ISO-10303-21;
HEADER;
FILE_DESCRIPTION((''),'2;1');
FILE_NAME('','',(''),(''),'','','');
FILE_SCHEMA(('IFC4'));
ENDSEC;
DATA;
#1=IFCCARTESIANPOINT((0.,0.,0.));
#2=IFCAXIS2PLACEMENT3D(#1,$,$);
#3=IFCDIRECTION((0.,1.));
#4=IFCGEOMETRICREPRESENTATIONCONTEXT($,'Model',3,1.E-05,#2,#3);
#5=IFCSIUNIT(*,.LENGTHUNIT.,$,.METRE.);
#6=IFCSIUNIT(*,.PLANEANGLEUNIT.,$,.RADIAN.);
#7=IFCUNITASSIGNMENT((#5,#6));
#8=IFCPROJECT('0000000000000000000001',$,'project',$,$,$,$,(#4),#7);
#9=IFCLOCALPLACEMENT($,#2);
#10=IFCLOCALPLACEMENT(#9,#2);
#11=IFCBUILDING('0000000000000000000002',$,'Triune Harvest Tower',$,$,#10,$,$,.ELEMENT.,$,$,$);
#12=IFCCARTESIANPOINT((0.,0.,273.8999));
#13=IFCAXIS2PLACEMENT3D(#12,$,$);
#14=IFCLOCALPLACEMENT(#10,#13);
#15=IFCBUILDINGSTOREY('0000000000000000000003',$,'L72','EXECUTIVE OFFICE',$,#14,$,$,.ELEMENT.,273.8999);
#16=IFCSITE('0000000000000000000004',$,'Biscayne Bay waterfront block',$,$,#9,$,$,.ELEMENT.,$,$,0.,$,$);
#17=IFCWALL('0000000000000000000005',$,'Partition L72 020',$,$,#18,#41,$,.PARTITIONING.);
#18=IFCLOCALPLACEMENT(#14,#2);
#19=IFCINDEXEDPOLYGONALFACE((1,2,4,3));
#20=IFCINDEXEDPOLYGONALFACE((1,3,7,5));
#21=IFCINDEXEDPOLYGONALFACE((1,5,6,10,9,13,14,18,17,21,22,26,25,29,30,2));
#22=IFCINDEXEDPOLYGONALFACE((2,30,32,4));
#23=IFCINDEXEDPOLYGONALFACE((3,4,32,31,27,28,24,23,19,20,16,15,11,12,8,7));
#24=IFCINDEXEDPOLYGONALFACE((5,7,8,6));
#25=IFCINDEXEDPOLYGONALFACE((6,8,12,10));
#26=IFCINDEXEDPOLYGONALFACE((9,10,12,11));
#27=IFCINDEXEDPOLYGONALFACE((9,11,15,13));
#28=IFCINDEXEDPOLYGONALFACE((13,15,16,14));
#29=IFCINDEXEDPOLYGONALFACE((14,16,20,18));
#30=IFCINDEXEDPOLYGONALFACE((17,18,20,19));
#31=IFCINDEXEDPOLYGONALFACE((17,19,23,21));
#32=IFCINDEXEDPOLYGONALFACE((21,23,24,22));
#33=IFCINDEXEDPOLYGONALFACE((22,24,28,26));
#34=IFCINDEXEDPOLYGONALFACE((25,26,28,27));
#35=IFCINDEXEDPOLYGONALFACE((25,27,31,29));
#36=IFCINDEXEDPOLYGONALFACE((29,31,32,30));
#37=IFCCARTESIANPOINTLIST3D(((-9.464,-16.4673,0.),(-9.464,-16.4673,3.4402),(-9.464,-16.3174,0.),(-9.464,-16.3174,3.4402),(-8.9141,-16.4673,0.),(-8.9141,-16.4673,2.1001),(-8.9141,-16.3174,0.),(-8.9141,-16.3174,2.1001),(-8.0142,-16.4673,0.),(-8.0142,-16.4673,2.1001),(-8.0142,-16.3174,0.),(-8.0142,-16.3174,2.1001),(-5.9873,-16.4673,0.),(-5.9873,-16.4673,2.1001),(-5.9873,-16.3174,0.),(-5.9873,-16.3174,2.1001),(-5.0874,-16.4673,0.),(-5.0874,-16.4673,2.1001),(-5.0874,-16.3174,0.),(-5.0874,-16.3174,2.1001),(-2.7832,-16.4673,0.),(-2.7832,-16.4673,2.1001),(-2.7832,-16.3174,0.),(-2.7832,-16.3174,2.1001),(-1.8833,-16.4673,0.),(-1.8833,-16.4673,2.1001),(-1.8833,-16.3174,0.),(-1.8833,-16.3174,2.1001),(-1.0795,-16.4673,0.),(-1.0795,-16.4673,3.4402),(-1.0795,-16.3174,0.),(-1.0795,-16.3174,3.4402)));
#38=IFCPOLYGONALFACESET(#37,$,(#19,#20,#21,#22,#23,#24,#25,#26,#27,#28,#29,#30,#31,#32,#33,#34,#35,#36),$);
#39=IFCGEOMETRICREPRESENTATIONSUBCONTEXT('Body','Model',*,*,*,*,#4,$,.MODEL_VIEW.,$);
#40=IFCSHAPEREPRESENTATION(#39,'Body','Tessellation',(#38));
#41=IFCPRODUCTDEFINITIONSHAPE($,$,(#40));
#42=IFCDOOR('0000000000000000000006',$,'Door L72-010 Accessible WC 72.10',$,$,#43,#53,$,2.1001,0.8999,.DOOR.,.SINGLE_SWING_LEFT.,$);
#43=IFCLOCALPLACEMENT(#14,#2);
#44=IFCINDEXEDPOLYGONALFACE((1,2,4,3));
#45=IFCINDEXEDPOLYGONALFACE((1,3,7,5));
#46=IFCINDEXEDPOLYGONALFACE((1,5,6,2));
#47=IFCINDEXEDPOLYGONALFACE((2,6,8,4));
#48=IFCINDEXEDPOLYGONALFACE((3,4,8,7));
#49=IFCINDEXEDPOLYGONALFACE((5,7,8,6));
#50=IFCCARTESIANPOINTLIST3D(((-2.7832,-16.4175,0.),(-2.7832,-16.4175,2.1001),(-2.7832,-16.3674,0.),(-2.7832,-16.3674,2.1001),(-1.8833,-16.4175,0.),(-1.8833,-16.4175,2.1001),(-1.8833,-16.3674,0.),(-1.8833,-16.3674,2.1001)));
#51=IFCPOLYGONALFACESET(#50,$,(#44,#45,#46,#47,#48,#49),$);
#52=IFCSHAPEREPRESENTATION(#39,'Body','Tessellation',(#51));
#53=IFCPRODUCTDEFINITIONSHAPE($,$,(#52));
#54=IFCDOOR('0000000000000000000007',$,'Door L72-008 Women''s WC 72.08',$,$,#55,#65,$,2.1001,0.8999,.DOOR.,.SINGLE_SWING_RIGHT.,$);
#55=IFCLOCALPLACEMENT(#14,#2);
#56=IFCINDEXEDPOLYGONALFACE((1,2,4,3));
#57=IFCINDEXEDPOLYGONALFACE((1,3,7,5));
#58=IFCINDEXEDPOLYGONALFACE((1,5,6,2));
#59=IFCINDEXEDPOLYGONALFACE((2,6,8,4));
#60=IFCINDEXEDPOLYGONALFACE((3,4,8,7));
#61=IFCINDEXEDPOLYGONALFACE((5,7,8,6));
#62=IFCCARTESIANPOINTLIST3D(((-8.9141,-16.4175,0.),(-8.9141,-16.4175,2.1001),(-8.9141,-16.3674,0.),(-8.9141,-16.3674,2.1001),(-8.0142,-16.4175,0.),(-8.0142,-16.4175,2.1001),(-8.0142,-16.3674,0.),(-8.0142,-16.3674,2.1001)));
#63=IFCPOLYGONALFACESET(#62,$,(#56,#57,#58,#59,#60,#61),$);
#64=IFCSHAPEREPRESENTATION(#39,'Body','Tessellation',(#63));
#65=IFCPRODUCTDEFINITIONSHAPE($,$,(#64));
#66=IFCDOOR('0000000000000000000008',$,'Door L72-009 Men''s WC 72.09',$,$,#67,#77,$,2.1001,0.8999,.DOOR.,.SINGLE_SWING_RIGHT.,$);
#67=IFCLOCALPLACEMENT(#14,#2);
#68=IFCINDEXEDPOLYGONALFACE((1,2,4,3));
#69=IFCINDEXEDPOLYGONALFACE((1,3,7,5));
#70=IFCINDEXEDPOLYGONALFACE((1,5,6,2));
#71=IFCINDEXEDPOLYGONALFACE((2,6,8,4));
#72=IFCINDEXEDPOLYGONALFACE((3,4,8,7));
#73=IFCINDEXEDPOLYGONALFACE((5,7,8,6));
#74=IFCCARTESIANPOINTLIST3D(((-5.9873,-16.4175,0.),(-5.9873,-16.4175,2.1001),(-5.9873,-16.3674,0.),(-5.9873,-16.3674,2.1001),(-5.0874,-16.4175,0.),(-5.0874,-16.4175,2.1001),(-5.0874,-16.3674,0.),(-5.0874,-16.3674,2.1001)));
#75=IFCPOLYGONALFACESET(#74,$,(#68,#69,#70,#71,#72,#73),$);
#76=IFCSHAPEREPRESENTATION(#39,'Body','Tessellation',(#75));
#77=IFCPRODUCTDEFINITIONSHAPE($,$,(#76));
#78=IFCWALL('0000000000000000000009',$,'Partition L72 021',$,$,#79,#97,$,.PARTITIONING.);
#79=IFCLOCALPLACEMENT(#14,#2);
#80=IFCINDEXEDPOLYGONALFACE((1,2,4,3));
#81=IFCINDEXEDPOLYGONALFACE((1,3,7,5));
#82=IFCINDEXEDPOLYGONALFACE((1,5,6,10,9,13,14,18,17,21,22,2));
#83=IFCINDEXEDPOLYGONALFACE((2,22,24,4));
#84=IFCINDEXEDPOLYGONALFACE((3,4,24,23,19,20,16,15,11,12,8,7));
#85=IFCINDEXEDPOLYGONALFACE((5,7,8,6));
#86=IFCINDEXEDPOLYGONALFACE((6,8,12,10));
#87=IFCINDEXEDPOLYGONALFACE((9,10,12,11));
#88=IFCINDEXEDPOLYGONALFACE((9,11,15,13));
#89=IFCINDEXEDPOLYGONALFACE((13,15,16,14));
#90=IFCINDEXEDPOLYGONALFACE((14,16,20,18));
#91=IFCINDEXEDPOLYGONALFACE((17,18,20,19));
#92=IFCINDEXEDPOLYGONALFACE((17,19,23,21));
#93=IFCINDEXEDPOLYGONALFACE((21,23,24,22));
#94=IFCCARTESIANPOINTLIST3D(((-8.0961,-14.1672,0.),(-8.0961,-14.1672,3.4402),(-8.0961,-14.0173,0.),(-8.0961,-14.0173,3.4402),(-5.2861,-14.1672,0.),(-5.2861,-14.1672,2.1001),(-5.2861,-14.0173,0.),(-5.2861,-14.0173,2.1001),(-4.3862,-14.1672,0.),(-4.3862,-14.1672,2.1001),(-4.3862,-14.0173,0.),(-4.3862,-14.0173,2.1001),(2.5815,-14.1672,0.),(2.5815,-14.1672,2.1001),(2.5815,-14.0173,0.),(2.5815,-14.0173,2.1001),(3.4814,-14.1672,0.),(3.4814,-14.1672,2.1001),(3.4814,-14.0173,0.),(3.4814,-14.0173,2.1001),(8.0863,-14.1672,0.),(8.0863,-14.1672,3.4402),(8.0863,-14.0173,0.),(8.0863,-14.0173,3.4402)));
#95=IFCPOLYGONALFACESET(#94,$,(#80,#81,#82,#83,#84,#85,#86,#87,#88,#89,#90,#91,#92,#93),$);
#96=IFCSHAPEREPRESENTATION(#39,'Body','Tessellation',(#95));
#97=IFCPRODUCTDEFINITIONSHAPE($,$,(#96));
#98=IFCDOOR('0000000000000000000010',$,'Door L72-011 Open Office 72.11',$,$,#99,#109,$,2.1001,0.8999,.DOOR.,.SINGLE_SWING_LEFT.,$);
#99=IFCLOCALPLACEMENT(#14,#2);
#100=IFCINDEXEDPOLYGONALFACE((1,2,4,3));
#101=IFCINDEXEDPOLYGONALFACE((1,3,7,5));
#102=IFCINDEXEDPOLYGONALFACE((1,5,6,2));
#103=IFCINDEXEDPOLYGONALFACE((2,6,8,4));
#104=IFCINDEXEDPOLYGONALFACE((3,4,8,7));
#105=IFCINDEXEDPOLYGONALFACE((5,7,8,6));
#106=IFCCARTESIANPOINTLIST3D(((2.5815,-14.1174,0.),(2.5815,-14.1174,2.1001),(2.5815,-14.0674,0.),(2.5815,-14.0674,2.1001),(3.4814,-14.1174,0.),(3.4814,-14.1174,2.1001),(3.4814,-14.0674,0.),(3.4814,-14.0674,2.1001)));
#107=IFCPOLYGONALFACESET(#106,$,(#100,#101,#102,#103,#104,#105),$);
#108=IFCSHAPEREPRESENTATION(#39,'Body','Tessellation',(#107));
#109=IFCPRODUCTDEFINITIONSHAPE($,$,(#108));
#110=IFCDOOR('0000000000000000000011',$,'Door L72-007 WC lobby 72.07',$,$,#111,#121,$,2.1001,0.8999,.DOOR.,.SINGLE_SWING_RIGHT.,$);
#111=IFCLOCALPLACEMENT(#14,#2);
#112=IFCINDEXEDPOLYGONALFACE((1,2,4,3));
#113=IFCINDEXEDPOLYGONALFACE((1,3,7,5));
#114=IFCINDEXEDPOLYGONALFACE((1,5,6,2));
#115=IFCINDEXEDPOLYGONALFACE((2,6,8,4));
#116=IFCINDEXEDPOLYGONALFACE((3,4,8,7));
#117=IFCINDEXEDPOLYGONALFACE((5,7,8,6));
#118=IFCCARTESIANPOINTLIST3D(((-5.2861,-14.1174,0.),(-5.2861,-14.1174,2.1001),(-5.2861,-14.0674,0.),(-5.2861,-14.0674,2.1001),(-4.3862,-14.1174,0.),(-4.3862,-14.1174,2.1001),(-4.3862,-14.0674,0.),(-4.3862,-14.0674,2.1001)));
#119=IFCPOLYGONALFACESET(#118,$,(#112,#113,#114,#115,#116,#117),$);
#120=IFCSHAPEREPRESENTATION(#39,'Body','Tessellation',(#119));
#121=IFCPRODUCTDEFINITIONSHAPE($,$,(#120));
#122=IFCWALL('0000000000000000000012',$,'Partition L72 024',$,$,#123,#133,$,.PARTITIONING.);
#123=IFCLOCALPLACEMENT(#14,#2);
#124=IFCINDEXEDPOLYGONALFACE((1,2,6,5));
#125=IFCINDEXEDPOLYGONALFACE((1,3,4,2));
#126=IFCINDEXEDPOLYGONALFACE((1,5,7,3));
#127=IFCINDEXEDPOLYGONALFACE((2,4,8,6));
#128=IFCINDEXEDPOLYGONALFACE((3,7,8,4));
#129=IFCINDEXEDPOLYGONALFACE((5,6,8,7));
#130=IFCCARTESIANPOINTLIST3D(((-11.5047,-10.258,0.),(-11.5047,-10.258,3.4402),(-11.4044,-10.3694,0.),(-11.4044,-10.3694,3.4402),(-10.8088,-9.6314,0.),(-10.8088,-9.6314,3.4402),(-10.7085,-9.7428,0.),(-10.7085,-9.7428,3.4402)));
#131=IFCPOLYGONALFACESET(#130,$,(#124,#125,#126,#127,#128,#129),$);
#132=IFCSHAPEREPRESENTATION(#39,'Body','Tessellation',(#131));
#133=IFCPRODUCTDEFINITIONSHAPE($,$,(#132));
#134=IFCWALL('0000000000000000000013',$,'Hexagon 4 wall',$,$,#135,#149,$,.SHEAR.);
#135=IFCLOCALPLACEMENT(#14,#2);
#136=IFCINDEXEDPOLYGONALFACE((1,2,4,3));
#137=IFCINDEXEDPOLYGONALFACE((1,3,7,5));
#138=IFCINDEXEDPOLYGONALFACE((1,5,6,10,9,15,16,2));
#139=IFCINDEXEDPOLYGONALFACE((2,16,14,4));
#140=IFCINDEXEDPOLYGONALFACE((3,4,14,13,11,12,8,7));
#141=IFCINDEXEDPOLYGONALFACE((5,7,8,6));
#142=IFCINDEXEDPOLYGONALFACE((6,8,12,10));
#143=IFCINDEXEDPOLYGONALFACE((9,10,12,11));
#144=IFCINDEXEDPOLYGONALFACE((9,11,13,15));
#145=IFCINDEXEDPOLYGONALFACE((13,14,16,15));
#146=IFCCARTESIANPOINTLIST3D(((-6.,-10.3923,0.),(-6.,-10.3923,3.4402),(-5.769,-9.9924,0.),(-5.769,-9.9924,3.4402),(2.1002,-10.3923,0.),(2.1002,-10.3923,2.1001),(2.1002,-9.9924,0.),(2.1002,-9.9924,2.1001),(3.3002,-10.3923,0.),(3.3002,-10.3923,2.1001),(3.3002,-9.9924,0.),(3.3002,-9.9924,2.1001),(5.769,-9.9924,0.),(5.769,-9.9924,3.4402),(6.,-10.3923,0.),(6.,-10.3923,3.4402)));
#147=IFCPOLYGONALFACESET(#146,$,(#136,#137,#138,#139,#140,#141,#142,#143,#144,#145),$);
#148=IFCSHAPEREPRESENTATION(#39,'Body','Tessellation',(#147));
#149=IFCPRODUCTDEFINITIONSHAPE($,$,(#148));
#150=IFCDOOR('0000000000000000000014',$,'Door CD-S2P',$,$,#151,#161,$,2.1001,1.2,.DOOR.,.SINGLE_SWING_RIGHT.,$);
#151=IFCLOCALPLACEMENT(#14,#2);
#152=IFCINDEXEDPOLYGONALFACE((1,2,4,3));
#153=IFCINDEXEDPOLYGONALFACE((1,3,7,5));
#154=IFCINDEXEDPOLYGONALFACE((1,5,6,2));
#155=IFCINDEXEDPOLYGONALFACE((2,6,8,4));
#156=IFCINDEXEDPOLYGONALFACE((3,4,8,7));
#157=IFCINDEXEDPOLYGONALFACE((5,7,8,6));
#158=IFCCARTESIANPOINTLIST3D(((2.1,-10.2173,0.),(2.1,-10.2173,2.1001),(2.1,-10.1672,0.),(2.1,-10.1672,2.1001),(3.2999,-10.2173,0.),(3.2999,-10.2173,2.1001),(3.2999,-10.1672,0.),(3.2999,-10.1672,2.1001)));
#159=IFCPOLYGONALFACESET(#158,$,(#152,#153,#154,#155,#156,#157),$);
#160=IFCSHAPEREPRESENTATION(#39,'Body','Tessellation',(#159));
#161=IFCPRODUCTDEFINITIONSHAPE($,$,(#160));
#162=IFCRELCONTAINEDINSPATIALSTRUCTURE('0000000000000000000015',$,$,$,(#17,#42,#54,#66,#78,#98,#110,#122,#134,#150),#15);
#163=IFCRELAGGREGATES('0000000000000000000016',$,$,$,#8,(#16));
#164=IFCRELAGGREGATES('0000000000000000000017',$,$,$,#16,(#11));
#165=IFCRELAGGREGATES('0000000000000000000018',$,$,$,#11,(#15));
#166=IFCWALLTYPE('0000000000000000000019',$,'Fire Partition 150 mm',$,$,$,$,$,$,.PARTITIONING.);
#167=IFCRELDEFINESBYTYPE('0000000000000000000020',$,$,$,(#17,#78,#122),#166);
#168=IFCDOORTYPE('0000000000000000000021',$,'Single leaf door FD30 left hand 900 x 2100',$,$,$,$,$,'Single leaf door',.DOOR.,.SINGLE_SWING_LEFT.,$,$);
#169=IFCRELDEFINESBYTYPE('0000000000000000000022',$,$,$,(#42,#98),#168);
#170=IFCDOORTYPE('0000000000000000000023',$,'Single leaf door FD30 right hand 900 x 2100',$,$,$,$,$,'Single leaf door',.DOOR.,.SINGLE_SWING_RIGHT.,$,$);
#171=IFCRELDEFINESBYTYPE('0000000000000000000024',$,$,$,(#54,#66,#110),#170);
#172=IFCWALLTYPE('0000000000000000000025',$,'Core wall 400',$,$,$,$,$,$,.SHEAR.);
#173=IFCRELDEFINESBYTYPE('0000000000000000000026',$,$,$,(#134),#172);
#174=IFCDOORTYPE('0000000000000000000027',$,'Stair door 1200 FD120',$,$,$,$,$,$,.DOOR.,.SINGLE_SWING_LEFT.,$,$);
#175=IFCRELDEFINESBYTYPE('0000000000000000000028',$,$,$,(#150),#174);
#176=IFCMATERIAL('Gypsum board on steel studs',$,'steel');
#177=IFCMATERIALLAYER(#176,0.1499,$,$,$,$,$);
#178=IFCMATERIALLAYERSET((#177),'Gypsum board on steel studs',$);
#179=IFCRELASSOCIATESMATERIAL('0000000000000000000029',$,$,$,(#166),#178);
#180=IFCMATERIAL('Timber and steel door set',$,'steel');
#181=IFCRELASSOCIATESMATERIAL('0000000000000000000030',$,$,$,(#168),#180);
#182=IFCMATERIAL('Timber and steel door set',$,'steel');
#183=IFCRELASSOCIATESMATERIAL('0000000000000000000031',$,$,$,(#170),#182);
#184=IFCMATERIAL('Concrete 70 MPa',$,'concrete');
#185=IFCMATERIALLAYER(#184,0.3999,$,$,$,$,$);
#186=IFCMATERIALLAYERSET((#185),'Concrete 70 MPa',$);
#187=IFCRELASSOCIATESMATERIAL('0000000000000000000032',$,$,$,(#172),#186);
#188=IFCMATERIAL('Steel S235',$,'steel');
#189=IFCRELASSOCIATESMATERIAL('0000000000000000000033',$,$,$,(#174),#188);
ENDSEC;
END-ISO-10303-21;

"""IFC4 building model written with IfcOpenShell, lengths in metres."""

from ifc_helpers import new_model, si_unit, direction, frame, frame_2d, origin, place, context, subcontext, project, spatial, polyline, rectangle, outline, extrude, source, transform, mapped, material, layer, layer_set, type_object, element, fill, save


model = new_model("IFC4")

# Units and contexts
model_context = context("Model", 3, precision=1e-05, world=origin(), true_north=direction((0.0, 1.0)))
body_context = subcontext(model_context, "Body", "Model", "MODEL_VIEW")
ifc_project = project(units=[si_unit("LENGTHUNIT", "METRE"), si_unit("PLANEANGLEUNIT", "RADIAN")], contexts=[model_context])

# Site, building, storey
site_placement = place(None, origin())
site = spatial("IfcSite", under=ifc_project, at=site_placement, Name="Biscayne Bay waterfront block", CompositionType="ELEMENT", RefElevation=0.0)
building_placement = place(site_placement, origin())
building = spatial("IfcBuilding", under=site, at=building_placement, Name="Triune Harvest Tower", CompositionType="ELEMENT")
storey_placement = place(building_placement, frame((0.0, 0.0, 273.8999)))
storey = spatial("IfcBuildingStorey", under=building, at=storey_placement, Name="L72", Description="EXECUTIVE OFFICE", CompositionType="ELEMENT", Elevation=273.8999)

# Shared definitions
ifc_material_1 = material(Name="Gypsum board on steel studs", Category="steel")
ifc_layer_1 = layer(ifc_material_1, 0.1499)
ifc_layer_set_1 = layer_set([ifc_layer_1], Name="Gypsum board on steel studs")
wall_type_1 = type_object("IfcWallType", Name="Fire Partition 150 mm", PredefinedType="PARTITIONING", material=ifc_layer_set_1)

# Walls, openings, doors
wall_1_placement = place(storey_placement, frame((-9.4641, -16.3923, 0.0), z_axis=(0.0, 0.0, 1.0), x_axis=(1.0, 0.0, 0.0)))
wall_1 = element("IfcWall", 1, at=wall_1_placement, inside=storey, type_object=wall_type_1, Name="Partition L72 020", PredefinedType="PARTITIONING", context=body_context, shape_type="SweptSolid", body=[
    extrude(rectangle(XDim=8.3845, YDim=0.1499, at=frame_2d((4.1924, 0.0))), origin(), (0.0, 0.0, 1.0), 3.4402),
])
opening_1_placement = place(wall_1_placement, frame((0.55, 0.0, 0.0)))
opening_1 = element("IfcOpeningElement", 2, at=opening_1_placement, cuts=wall_1, PredefinedType="OPENING", context=body_context, shape_type="SweptSolid", body=[
    extrude(rectangle(XDim=0.8999, YDim=2.1001, at=frame_2d((0.45, 1.05))), frame((0.0, 0.085, 0.0), z_axis=(0.0, -1.0, 0.0), x_axis=(1.0, 0.0, 0.0)), (0.0, 0.0, 1.0), 0.1699),
])
opening_2_placement = place(wall_1_placement, frame((3.4768, 0.0, 0.0)))
opening_2 = element("IfcOpeningElement", 3, at=opening_2_placement, cuts=wall_1, PredefinedType="OPENING", context=body_context, shape_type="SweptSolid", body=[
    extrude(rectangle(XDim=0.8999, YDim=2.1001, at=frame_2d((0.45, 1.05))), frame((0.0, 0.085, 0.0), z_axis=(0.0, -1.0, 0.0), x_axis=(1.0, 0.0, 0.0)), (0.0, 0.0, 1.0), 0.1699),
])
opening_3_placement = place(wall_1_placement, frame((6.6809, 0.0, 0.0)))
opening_3 = element("IfcOpeningElement", 4, at=opening_3_placement, cuts=wall_1, PredefinedType="OPENING", context=body_context, shape_type="SweptSolid", body=[
    extrude(rectangle(XDim=0.8999, YDim=2.1001, at=frame_2d((0.45, 1.05))), frame((0.0, 0.085, 0.0), z_axis=(0.0, -1.0, 0.0), x_axis=(1.0, 0.0, 0.0)), (0.0, 0.0, 1.0), 0.1699),
])
ifc_material_2 = material(Name="Timber and steel door set", Category="steel")
door_type_1 = type_object("IfcDoorType", Name="Single leaf door FD30 left hand 900 x 2100", ElementType="Single leaf door", OperationType="SINGLE_SWING_LEFT", PredefinedType="DOOR", material=ifc_material_2)
door_1_placement = place(opening_3_placement, origin())
door_1 = element("IfcDoor", 5, at=door_1_placement, inside=storey, type_object=door_type_1, Name="Door L72-010 Accessible WC 72.10", OperationType="SINGLE_SWING_LEFT", OverallHeight=2.1001, OverallWidth=0.8999, PredefinedType="DOOR", context=body_context, shape_type="SweptSolid", body=[
    extrude(rectangle(XDim=0.8999, YDim=2.1001, at=frame_2d((0.45, 1.05))), frame((0.0, 0.0249, 0.0), z_axis=(0.0, -1.0, 0.0), x_axis=(1.0, 0.0, 0.0)), (0.0, 0.0, 1.0), 0.05),
])
fill(opening_3, door_1)
ifc_material_3 = material(Name="Timber and steel door set", Category="steel")
door_type_2 = type_object("IfcDoorType", Name="Single leaf door FD30 right hand 900 x 2100", ElementType="Single leaf door", OperationType="SINGLE_SWING_RIGHT", PredefinedType="DOOR", material=ifc_material_3)
door_2_placement = place(opening_1_placement, origin())
door_2 = element("IfcDoor", 6, at=door_2_placement, inside=storey, type_object=door_type_2, Name="Door L72-008 Women's WC 72.08", OperationType="SINGLE_SWING_RIGHT", OverallHeight=2.1001, OverallWidth=0.8999, PredefinedType="DOOR", context=body_context, shape_type="SweptSolid", body=[
    extrude(rectangle(XDim=0.8999, YDim=2.1001, at=frame_2d((0.45, 1.05))), frame((0.0, 0.0249, 0.0), z_axis=(0.0, -1.0, 0.0), x_axis=(1.0, 0.0, 0.0)), (0.0, 0.0, 1.0), 0.05),
])
fill(opening_1, door_2)
door_3_placement = place(opening_2_placement, origin())
door_3 = element("IfcDoor", 7, at=door_3_placement, inside=storey, type_object=door_type_2, Name="Door L72-009 Men's WC 72.09", OperationType="SINGLE_SWING_RIGHT", OverallHeight=2.1001, OverallWidth=0.8999, PredefinedType="DOOR", context=body_context, shape_type="SweptSolid", body=[
    extrude(rectangle(XDim=0.8999, YDim=2.1001, at=frame_2d((0.45, 1.05))), frame((0.0, 0.0249, 0.0), z_axis=(0.0, -1.0, 0.0), x_axis=(1.0, 0.0, 0.0)), (0.0, 0.0, 1.0), 0.05),
])
fill(opening_2, door_3)
wall_2_placement = place(storey_placement, frame((-8.0962, -14.0923, 0.0), z_axis=(0.0, 0.0, 1.0), x_axis=(1.0, 0.0, 0.0)))
wall_2 = element("IfcWall", 8, at=wall_2_placement, inside=storey, type_object=wall_type_1, Name="Partition L72 021", PredefinedType="PARTITIONING", context=body_context, shape_type="SweptSolid", body=[
    extrude(rectangle(XDim=16.1824, YDim=0.1499, at=frame_2d((8.0913, 0.0))), origin(), (0.0, 0.0, 1.0), 3.4402),
])
opening_4_placement = place(wall_2_placement, frame((2.8101, 0.0, 0.0)))
opening_4 = element("IfcOpeningElement", 9, at=opening_4_placement, cuts=wall_2, PredefinedType="OPENING", context=body_context, shape_type="SweptSolid", body=[
    extrude(rectangle(XDim=0.8999, YDim=2.1001, at=frame_2d((0.45, 1.05))), frame((0.0, 0.085, 0.0), z_axis=(0.0, -1.0, 0.0), x_axis=(1.0, 0.0, 0.0)), (0.0, 0.0, 1.0), 0.1699),
])
opening_5_placement = place(wall_2_placement, frame((10.6777, 0.0, 0.0)))
opening_5 = element("IfcOpeningElement", 10, at=opening_5_placement, cuts=wall_2, PredefinedType="OPENING", context=body_context, shape_type="SweptSolid", body=[
    extrude(rectangle(XDim=0.8999, YDim=2.1001, at=frame_2d((0.45, 1.05))), frame((0.0, 0.085, 0.0), z_axis=(0.0, -1.0, 0.0), x_axis=(1.0, 0.0, 0.0)), (0.0, 0.0, 1.0), 0.1699),
])
door_4_placement = place(opening_5_placement, origin())
door_4 = element("IfcDoor", 11, at=door_4_placement, inside=storey, type_object=door_type_1, Name="Door L72-011 Open Office 72.11", OperationType="SINGLE_SWING_LEFT", OverallHeight=2.1001, OverallWidth=0.8999, PredefinedType="DOOR", context=body_context, shape_type="SweptSolid", body=[
    extrude(rectangle(XDim=0.8999, YDim=2.1001, at=frame_2d((0.45, 1.05))), frame((0.0, 0.0249, 0.0), z_axis=(0.0, -1.0, 0.0), x_axis=(1.0, 0.0, 0.0)), (0.0, 0.0, 1.0), 0.05),
])
fill(opening_5, door_4)
door_5_placement = place(opening_4_placement, origin())
door_5 = element("IfcDoor", 12, at=door_5_placement, inside=storey, type_object=door_type_2, Name="Door L72-007 WC lobby 72.07", OperationType="SINGLE_SWING_RIGHT", OverallHeight=2.1001, OverallWidth=0.8999, PredefinedType="DOOR", context=body_context, shape_type="SweptSolid", body=[
    extrude(rectangle(XDim=0.8999, YDim=2.1001, at=frame_2d((0.45, 1.05))), frame((0.0, 0.0249, 0.0), z_axis=(0.0, -1.0, 0.0), x_axis=(1.0, 0.0, 0.0)), (0.0, 0.0, 1.0), 0.05),
])
fill(opening_4, door_5)

# Wall
wall_3_placement = place(storey_placement, frame((-11.4546, -10.3137, 0.0), z_axis=(0.0, 0.0, 1.0), x_axis=(0.743152, 0.669123, 0.0)))
element("IfcWall", 13, at=wall_3_placement, inside=storey, type_object=wall_type_1, Name="Partition L72 024", PredefinedType="PARTITIONING", context=body_context, shape_type="SweptSolid", body=[
    extrude(rectangle(XDim=0.9365, YDim=0.1499, at=frame_2d((0.4683, 0.0))), origin(), (0.0, 0.0, 1.0), 3.4402),
])

# Wall, opening, door
ifc_material_4 = material(Name="Concrete 70 MPa", Category="concrete")
ifc_layer_2 = layer(ifc_material_4, 0.3999)
ifc_layer_set_2 = layer_set([ifc_layer_2], Name="Concrete 70 MPa")
wall_type_2 = type_object("IfcWallType", Name="Core wall 400", PredefinedType="SHEAR", material=ifc_layer_set_2)
shared_shape_1 = source(origin(), body_context, "Body", "SweptSolid", [
    extrude(outline(polyline([(-0.1155, -0.2), (11.8845, -0.2), (11.6536, 0.2), (0.1155, 0.2), (-0.1155, -0.2)])), origin(), (0.0, 0.0, 1.0), 3.4402),
])
wall_4_placement = place(storey_placement, frame((-5.8845, -10.1924, 0.0), z_axis=(0.0, 0.0, 1.0), x_axis=(1.0, 0.0, 0.0)))
wall_4 = element("IfcWall", 14, at=wall_4_placement, inside=storey, type_object=wall_type_2, Name="Hexagon 4 wall", PredefinedType="SHEAR", context=body_context, shape_type="MappedRepresentation", body=[
    mapped(shared_shape_1, transform((0.0, 0.0, 0.0), scale=1.0)),
])
opening_6_placement = place(wall_4_placement, frame((7.9846, 0.0, 0.0)))
opening_6 = element("IfcOpeningElement", 15, at=opening_6_placement, cuts=wall_4, PredefinedType="OPENING", context=body_context, shape_type="SweptSolid", body=[
    extrude(rectangle(XDim=1.2, YDim=2.1001, at=frame_2d((0.6001, 1.05))), frame((0.0, 0.21, 0.0), z_axis=(0.0, -1.0, 0.0), x_axis=(1.0, 0.0, 0.0)), (0.0, 0.0, 1.0), 0.4199),
])
ifc_material_5 = material(Name="Steel S235", Category="steel")
door_type_3 = type_object("IfcDoorType", Name="Stair door 1200 FD120", OperationType="SINGLE_SWING_LEFT", PredefinedType="DOOR", material=ifc_material_5)
door_6_placement = place(opening_6_placement, frame((1.2, 0.0, 0.0), z_axis=(0.0, 0.0, 1.0), x_axis=(-1.0, 0.0, 0.0)))
door_6 = element("IfcDoor", 16, at=door_6_placement, inside=storey, type_object=door_type_3, Name="Door CD-S2P", OperationType="SINGLE_SWING_RIGHT", OverallHeight=2.1001, OverallWidth=1.2, PredefinedType="DOOR", context=body_context, shape_type="SweptSolid", body=[
    extrude(rectangle(XDim=1.2, YDim=2.1001, at=frame_2d((0.6001, 1.05))), frame((0.0, 0.0249, 0.0), z_axis=(0.0, -1.0, 0.0), x_axis=(1.0, 0.0, 0.0)), (0.0, 0.0, 1.0), 0.05),
])
fill(opening_6, door_6)

save(model, "model.ifc")
